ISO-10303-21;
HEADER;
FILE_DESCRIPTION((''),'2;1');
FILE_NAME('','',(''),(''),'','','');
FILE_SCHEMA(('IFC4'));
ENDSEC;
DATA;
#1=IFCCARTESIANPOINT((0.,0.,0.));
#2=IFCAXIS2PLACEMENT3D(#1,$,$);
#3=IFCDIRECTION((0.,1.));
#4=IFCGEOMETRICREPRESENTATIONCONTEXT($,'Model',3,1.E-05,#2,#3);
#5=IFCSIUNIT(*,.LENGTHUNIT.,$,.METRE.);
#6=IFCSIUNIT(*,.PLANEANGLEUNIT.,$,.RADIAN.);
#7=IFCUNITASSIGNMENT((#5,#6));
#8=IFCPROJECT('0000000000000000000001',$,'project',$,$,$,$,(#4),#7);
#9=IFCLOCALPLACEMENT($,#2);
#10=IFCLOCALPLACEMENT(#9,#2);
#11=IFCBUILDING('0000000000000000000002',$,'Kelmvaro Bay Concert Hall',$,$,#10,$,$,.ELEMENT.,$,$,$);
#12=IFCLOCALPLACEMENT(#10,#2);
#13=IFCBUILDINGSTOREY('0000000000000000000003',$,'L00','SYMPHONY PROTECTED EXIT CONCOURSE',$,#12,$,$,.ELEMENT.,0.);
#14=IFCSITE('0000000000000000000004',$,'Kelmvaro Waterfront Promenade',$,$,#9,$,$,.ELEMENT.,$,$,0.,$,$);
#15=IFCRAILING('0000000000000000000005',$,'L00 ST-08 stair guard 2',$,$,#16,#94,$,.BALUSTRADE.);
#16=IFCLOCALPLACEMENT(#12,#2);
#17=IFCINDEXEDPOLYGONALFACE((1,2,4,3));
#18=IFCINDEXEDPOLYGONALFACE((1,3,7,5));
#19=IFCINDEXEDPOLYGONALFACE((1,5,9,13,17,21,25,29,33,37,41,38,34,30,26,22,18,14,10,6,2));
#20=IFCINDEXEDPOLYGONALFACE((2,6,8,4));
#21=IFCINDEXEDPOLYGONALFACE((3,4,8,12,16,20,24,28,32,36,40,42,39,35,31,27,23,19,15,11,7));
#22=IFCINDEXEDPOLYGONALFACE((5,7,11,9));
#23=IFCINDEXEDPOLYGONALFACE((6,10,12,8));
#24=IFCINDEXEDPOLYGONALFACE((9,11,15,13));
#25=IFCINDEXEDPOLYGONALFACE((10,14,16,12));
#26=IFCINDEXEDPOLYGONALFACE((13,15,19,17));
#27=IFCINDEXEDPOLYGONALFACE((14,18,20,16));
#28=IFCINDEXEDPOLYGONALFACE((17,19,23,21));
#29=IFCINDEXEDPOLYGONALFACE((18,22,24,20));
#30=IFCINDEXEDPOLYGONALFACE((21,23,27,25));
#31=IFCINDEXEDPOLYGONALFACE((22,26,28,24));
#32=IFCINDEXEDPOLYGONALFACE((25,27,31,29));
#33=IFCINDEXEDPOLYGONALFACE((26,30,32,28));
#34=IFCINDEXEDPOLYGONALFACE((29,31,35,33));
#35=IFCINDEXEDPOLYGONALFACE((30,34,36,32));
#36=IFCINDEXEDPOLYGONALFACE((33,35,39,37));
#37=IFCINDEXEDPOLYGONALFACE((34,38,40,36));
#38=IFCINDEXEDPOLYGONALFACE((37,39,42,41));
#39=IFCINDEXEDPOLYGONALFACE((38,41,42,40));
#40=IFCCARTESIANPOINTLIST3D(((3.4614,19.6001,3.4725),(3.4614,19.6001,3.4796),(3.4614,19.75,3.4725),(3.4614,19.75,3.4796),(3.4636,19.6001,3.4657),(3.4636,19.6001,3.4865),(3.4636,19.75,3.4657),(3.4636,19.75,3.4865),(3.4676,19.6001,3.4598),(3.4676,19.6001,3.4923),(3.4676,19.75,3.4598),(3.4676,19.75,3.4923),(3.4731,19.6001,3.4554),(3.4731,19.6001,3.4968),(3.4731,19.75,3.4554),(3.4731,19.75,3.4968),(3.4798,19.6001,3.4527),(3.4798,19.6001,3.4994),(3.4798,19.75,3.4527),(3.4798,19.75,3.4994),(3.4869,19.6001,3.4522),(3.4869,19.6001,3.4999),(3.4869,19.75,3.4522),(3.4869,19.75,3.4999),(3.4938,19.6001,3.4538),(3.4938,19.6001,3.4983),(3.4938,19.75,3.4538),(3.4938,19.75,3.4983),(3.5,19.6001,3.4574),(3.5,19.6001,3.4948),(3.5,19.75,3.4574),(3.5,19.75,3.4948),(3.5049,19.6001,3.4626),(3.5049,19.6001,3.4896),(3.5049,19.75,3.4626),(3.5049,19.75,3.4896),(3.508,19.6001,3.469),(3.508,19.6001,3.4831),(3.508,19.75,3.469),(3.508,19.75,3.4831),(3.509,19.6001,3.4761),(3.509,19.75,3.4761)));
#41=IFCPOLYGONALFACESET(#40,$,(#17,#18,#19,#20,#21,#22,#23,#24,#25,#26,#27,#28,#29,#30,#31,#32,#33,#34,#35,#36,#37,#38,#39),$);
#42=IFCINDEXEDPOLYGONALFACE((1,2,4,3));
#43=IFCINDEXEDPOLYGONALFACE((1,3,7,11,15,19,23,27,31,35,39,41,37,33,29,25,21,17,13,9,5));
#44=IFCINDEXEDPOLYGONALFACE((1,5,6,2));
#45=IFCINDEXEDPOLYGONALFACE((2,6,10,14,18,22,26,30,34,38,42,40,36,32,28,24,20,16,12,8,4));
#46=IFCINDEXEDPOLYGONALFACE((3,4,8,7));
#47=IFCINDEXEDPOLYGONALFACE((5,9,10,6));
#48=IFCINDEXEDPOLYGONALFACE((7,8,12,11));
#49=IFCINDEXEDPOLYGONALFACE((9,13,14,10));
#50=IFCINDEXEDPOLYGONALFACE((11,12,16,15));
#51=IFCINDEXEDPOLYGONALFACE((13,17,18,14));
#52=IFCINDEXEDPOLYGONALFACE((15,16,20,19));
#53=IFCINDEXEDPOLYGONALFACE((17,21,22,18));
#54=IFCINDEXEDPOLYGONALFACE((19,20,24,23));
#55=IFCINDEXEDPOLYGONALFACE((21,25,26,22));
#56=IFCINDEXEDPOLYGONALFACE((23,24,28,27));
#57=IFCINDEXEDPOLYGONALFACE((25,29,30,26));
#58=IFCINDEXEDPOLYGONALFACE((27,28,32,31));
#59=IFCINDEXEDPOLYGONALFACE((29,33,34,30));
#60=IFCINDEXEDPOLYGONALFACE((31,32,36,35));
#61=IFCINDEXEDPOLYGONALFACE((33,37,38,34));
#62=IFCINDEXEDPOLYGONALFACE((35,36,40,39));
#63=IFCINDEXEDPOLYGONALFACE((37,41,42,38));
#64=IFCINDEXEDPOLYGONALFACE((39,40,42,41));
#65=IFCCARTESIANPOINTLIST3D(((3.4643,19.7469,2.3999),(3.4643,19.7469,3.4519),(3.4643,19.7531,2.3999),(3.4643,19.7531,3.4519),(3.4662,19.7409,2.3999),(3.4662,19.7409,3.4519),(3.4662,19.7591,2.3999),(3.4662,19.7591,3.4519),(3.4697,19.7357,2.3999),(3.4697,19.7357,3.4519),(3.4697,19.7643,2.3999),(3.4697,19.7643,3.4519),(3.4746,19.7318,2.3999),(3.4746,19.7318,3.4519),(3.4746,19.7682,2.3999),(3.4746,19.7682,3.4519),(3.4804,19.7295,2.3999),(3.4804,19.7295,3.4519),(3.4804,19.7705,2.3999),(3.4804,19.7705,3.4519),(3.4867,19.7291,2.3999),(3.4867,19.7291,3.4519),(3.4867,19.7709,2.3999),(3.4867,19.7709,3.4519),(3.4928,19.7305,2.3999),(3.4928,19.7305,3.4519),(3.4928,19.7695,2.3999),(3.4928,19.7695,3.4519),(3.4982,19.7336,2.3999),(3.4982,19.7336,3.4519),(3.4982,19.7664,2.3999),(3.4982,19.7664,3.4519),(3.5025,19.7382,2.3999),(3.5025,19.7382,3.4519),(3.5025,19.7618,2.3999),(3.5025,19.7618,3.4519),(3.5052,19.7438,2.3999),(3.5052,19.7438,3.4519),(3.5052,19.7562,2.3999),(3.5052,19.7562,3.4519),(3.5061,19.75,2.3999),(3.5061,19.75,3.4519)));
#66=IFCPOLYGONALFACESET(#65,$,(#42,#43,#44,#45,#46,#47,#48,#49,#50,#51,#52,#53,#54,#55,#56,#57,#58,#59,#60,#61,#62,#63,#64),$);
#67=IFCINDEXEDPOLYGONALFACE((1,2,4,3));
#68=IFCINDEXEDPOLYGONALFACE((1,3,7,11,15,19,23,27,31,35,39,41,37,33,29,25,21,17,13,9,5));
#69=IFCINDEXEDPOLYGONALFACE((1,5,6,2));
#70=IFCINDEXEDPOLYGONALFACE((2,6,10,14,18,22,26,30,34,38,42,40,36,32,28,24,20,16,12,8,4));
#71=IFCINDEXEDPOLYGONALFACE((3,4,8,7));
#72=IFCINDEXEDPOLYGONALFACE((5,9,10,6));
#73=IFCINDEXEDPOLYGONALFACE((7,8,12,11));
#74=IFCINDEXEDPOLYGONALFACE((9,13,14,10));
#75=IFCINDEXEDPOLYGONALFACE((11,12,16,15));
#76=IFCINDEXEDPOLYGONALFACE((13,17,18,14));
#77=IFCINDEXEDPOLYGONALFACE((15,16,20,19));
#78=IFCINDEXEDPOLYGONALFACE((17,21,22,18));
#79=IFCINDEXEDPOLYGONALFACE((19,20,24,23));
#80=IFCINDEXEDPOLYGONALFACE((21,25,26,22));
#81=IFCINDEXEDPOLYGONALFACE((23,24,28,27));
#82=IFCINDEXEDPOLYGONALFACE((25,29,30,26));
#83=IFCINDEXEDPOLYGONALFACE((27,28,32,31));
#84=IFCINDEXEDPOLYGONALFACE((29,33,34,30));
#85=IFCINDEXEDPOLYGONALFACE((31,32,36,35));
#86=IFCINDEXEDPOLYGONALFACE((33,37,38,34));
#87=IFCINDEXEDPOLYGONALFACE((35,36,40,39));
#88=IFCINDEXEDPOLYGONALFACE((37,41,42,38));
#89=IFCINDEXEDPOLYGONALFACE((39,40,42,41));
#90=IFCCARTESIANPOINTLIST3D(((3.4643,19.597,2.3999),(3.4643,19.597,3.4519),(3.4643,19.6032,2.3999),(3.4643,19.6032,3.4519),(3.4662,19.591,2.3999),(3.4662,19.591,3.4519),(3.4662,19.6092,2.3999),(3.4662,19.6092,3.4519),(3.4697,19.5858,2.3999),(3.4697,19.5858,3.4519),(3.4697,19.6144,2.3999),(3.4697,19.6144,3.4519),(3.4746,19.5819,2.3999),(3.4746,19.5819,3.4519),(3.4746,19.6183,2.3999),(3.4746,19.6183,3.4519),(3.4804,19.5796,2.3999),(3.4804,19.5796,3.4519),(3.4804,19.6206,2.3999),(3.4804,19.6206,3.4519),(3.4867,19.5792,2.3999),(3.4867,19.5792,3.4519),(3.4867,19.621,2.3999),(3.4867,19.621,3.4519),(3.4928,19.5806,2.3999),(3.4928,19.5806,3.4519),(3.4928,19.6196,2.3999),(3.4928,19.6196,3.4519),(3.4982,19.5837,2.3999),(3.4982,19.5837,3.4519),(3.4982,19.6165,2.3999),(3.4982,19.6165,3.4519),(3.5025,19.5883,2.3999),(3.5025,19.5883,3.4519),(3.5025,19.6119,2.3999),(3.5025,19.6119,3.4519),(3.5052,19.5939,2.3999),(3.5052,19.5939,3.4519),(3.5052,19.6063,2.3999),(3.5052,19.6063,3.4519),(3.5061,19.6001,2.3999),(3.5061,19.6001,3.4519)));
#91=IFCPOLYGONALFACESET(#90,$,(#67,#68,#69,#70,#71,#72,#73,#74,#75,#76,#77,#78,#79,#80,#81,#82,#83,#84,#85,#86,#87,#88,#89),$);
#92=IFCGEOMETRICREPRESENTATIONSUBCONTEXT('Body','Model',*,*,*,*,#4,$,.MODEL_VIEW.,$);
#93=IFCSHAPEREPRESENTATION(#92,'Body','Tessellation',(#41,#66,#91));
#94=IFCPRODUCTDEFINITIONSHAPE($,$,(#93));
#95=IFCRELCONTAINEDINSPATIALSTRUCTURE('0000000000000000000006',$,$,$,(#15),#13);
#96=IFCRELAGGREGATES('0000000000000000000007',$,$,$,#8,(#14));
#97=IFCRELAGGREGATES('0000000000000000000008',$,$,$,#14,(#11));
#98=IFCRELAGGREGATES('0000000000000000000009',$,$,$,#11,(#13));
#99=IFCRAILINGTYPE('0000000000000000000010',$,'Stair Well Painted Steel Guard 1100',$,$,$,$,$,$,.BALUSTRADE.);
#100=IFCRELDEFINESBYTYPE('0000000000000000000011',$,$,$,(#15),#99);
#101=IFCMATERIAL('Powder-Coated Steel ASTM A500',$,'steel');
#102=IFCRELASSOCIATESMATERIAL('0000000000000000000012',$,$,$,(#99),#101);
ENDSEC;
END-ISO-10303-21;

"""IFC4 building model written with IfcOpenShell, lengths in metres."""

from ifc_helpers import new_model, si_unit, direction, frame, origin, origin_2d, place, context, subcontext, project, spatial, circle, extrude, material, type_object, element, save


model = new_model("IFC4")

# Units and contexts
model_context = context("Model", 3, precision=1e-05, world=origin(), true_north=direction((0.0, 1.0)))
body_context = subcontext(model_context, "Body", "Model", "MODEL_VIEW")
ifc_project = project(units=[si_unit("LENGTHUNIT", "METRE"), si_unit("PLANEANGLEUNIT", "RADIAN")], contexts=[model_context])

# Site, building, storey
site_placement = place(None, origin())
site = spatial("IfcSite", under=ifc_project, at=site_placement, Name="Kelmvaro Waterfront Promenade", CompositionType="ELEMENT", RefElevation=0.0)
building_placement = place(site_placement, origin())
building = spatial("IfcBuilding", under=site, at=building_placement, Name="Kelmvaro Bay Concert Hall", CompositionType="ELEMENT")
storey_placement = place(building_placement, origin())
storey = spatial("IfcBuildingStorey", under=building, at=storey_placement, Name="L00", Description="SYMPHONY PROTECTED EXIT CONCOURSE", CompositionType="ELEMENT", Elevation=0.0)

# Railing
ifc_material_1 = material(Name="Powder-Coated Steel ASTM A500", Category="steel")
railing_type_1 = type_object("IfcRailingType", Name="Stair Well Painted Steel Guard 1100", PredefinedType="BALUSTRADE", material=ifc_material_1)
railing_1_placement = place(storey_placement, frame((3.4851, 19.75, 2.3999)))
element("IfcRailing", 1, at=railing_1_placement, inside=storey, type_object=railing_type_1, Name="L00 ST-08 stair guard 2", PredefinedType="BALUSTRADE", context=body_context, shape_type="SweptSolid", body=[
    extrude(circle(Radius=0.0239, at=origin_2d()), frame((0.0, 0.0, 1.0762), z_axis=(0.0, -1.0, 0.0), x_axis=(1.0, 0.0, 0.0)), (0.0, 0.0, 1.0), 0.1499),
    extrude(circle(Radius=0.021, at=origin_2d()), origin(), (0.0, 0.0, 1.0), 1.052),
    extrude(circle(Radius=0.021, at=origin_2d()), frame((0.0, -0.1499, 0.0)), (0.0, 0.0, 1.0), 1.052),
])

save(model, "model.ifc")
